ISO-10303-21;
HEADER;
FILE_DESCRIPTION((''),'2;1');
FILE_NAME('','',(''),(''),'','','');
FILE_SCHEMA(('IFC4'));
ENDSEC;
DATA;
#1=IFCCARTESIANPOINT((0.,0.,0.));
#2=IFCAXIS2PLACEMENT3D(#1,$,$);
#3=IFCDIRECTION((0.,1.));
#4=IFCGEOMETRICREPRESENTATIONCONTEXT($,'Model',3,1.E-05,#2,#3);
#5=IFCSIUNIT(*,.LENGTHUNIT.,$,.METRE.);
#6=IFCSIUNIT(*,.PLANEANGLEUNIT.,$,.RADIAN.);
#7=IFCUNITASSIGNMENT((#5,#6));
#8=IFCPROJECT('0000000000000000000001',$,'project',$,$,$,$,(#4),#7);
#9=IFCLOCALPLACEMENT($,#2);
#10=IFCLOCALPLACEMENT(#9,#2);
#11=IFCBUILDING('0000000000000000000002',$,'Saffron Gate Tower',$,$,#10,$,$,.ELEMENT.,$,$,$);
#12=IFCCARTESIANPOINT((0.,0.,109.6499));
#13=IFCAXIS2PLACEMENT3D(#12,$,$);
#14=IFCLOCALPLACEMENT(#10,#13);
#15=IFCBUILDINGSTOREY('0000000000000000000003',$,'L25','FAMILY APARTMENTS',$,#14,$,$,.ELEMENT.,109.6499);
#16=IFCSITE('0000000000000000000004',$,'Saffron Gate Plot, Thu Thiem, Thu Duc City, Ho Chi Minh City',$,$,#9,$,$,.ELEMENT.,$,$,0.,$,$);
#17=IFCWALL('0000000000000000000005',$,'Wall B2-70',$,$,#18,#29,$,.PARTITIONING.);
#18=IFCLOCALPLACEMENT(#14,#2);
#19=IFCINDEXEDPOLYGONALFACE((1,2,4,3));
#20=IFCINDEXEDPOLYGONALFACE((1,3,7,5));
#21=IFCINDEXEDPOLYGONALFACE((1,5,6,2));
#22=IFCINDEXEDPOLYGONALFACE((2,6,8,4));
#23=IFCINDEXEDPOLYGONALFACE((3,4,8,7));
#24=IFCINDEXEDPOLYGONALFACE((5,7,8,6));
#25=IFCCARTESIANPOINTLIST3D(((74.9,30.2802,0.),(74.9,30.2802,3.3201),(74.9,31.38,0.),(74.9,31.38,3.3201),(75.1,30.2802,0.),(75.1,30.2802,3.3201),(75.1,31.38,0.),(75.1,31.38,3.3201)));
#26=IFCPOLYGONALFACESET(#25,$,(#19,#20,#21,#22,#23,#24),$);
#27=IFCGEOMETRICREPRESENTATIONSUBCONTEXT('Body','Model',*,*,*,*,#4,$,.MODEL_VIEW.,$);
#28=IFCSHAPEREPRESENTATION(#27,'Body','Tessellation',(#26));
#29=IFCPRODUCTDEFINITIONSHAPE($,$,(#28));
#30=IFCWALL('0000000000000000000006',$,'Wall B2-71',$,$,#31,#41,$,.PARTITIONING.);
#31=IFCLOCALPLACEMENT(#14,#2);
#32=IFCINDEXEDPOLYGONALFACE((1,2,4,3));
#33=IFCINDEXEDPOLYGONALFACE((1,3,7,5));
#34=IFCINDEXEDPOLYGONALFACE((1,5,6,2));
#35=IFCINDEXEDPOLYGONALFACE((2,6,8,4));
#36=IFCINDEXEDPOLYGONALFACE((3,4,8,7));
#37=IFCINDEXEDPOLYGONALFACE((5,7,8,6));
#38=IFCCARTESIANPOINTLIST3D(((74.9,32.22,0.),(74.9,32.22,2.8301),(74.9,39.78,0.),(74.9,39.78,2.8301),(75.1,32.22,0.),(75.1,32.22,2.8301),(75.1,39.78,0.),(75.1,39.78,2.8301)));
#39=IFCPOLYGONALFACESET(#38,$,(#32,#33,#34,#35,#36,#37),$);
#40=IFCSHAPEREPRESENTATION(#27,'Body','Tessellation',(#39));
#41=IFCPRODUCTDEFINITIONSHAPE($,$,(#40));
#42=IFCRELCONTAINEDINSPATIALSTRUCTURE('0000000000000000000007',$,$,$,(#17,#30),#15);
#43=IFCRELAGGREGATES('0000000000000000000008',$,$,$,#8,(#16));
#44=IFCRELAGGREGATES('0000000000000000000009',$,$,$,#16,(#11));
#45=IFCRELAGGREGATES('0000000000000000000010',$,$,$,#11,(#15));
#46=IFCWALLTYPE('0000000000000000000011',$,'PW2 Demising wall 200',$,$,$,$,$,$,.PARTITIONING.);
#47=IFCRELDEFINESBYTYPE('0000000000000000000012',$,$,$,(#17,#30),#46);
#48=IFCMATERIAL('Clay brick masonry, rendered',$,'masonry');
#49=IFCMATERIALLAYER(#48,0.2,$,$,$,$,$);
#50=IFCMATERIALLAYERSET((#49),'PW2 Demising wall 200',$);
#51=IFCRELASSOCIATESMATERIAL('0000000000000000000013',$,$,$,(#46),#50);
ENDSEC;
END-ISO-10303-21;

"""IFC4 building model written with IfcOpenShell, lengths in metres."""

from ifc_helpers import new_model, si_unit, direction, frame, frame_2d, origin, place, context, subcontext, project, spatial, rectangle, extrude, material, layer, layer_set, type_object, element, save


model = new_model("IFC4")

# Units and contexts
model_context = context("Model", 3, precision=1e-05, world=origin(), true_north=direction((0.0, 1.0)))
body_context = subcontext(model_context, "Body", "Model", "MODEL_VIEW")
ifc_project = project(units=[si_unit("LENGTHUNIT", "METRE"), si_unit("PLANEANGLEUNIT", "RADIAN")], contexts=[model_context])

# Site, building, storey
site_placement = place(None, origin())
site = spatial("IfcSite", under=ifc_project, at=site_placement, Name="Saffron Gate Plot, Thu Thiem, Thu Duc City, Ho Chi Minh City", CompositionType="ELEMENT", RefElevation=0.0)
building_placement = place(site_placement, origin())
building = spatial("IfcBuilding", under=site, at=building_placement, Name="Saffron Gate Tower", CompositionType="ELEMENT")
storey_placement = place(building_placement, frame((0.0, 0.0, 109.6499)))
storey = spatial("IfcBuildingStorey", under=building, at=storey_placement, Name="L25", Description="FAMILY APARTMENTS", CompositionType="ELEMENT", Elevation=109.6499)

# Walls
ifc_material_1 = material(Name="Clay brick masonry, rendered", Category="masonry")
ifc_layer_1 = layer(ifc_material_1, 0.2)
ifc_layer_set_1 = layer_set([ifc_layer_1], Name="PW2 Demising wall 200")
wall_type_1 = type_object("IfcWallType", Name="PW2 Demising wall 200", PredefinedType="PARTITIONING", material=ifc_layer_set_1)
wall_1_placement = place(storey_placement, frame((75.0, 31.3799, 0.0), z_axis=(0.0, 0.0, 1.0), x_axis=(0.0, -1.0, 0.0)))
element("IfcWall", 1, at=wall_1_placement, inside=storey, type_object=wall_type_1, Name="Wall B2-70", PredefinedType="PARTITIONING", context=body_context, shape_type="SweptSolid", body=[
    extrude(rectangle(XDim=1.0999, YDim=0.2, at=frame_2d((0.5498, 0.0))), origin(), (0.0, 0.0, 1.0), 3.3201),
])
wall_2_placement = place(storey_placement, frame((75.0, 39.78, 0.0), z_axis=(0.0, 0.0, 1.0), x_axis=(0.0, -1.0, 0.0)))
element("IfcWall", 2, at=wall_2_placement, inside=storey, type_object=wall_type_1, Name="Wall B2-71", PredefinedType="PARTITIONING", context=body_context, shape_type="SweptSolid", body=[
    extrude(rectangle(XDim=7.5601, YDim=0.2, at=frame_2d((3.78, 0.0))), origin(), (0.0, 0.0, 1.0), 2.8301),
])

save(model, "model.ifc")
